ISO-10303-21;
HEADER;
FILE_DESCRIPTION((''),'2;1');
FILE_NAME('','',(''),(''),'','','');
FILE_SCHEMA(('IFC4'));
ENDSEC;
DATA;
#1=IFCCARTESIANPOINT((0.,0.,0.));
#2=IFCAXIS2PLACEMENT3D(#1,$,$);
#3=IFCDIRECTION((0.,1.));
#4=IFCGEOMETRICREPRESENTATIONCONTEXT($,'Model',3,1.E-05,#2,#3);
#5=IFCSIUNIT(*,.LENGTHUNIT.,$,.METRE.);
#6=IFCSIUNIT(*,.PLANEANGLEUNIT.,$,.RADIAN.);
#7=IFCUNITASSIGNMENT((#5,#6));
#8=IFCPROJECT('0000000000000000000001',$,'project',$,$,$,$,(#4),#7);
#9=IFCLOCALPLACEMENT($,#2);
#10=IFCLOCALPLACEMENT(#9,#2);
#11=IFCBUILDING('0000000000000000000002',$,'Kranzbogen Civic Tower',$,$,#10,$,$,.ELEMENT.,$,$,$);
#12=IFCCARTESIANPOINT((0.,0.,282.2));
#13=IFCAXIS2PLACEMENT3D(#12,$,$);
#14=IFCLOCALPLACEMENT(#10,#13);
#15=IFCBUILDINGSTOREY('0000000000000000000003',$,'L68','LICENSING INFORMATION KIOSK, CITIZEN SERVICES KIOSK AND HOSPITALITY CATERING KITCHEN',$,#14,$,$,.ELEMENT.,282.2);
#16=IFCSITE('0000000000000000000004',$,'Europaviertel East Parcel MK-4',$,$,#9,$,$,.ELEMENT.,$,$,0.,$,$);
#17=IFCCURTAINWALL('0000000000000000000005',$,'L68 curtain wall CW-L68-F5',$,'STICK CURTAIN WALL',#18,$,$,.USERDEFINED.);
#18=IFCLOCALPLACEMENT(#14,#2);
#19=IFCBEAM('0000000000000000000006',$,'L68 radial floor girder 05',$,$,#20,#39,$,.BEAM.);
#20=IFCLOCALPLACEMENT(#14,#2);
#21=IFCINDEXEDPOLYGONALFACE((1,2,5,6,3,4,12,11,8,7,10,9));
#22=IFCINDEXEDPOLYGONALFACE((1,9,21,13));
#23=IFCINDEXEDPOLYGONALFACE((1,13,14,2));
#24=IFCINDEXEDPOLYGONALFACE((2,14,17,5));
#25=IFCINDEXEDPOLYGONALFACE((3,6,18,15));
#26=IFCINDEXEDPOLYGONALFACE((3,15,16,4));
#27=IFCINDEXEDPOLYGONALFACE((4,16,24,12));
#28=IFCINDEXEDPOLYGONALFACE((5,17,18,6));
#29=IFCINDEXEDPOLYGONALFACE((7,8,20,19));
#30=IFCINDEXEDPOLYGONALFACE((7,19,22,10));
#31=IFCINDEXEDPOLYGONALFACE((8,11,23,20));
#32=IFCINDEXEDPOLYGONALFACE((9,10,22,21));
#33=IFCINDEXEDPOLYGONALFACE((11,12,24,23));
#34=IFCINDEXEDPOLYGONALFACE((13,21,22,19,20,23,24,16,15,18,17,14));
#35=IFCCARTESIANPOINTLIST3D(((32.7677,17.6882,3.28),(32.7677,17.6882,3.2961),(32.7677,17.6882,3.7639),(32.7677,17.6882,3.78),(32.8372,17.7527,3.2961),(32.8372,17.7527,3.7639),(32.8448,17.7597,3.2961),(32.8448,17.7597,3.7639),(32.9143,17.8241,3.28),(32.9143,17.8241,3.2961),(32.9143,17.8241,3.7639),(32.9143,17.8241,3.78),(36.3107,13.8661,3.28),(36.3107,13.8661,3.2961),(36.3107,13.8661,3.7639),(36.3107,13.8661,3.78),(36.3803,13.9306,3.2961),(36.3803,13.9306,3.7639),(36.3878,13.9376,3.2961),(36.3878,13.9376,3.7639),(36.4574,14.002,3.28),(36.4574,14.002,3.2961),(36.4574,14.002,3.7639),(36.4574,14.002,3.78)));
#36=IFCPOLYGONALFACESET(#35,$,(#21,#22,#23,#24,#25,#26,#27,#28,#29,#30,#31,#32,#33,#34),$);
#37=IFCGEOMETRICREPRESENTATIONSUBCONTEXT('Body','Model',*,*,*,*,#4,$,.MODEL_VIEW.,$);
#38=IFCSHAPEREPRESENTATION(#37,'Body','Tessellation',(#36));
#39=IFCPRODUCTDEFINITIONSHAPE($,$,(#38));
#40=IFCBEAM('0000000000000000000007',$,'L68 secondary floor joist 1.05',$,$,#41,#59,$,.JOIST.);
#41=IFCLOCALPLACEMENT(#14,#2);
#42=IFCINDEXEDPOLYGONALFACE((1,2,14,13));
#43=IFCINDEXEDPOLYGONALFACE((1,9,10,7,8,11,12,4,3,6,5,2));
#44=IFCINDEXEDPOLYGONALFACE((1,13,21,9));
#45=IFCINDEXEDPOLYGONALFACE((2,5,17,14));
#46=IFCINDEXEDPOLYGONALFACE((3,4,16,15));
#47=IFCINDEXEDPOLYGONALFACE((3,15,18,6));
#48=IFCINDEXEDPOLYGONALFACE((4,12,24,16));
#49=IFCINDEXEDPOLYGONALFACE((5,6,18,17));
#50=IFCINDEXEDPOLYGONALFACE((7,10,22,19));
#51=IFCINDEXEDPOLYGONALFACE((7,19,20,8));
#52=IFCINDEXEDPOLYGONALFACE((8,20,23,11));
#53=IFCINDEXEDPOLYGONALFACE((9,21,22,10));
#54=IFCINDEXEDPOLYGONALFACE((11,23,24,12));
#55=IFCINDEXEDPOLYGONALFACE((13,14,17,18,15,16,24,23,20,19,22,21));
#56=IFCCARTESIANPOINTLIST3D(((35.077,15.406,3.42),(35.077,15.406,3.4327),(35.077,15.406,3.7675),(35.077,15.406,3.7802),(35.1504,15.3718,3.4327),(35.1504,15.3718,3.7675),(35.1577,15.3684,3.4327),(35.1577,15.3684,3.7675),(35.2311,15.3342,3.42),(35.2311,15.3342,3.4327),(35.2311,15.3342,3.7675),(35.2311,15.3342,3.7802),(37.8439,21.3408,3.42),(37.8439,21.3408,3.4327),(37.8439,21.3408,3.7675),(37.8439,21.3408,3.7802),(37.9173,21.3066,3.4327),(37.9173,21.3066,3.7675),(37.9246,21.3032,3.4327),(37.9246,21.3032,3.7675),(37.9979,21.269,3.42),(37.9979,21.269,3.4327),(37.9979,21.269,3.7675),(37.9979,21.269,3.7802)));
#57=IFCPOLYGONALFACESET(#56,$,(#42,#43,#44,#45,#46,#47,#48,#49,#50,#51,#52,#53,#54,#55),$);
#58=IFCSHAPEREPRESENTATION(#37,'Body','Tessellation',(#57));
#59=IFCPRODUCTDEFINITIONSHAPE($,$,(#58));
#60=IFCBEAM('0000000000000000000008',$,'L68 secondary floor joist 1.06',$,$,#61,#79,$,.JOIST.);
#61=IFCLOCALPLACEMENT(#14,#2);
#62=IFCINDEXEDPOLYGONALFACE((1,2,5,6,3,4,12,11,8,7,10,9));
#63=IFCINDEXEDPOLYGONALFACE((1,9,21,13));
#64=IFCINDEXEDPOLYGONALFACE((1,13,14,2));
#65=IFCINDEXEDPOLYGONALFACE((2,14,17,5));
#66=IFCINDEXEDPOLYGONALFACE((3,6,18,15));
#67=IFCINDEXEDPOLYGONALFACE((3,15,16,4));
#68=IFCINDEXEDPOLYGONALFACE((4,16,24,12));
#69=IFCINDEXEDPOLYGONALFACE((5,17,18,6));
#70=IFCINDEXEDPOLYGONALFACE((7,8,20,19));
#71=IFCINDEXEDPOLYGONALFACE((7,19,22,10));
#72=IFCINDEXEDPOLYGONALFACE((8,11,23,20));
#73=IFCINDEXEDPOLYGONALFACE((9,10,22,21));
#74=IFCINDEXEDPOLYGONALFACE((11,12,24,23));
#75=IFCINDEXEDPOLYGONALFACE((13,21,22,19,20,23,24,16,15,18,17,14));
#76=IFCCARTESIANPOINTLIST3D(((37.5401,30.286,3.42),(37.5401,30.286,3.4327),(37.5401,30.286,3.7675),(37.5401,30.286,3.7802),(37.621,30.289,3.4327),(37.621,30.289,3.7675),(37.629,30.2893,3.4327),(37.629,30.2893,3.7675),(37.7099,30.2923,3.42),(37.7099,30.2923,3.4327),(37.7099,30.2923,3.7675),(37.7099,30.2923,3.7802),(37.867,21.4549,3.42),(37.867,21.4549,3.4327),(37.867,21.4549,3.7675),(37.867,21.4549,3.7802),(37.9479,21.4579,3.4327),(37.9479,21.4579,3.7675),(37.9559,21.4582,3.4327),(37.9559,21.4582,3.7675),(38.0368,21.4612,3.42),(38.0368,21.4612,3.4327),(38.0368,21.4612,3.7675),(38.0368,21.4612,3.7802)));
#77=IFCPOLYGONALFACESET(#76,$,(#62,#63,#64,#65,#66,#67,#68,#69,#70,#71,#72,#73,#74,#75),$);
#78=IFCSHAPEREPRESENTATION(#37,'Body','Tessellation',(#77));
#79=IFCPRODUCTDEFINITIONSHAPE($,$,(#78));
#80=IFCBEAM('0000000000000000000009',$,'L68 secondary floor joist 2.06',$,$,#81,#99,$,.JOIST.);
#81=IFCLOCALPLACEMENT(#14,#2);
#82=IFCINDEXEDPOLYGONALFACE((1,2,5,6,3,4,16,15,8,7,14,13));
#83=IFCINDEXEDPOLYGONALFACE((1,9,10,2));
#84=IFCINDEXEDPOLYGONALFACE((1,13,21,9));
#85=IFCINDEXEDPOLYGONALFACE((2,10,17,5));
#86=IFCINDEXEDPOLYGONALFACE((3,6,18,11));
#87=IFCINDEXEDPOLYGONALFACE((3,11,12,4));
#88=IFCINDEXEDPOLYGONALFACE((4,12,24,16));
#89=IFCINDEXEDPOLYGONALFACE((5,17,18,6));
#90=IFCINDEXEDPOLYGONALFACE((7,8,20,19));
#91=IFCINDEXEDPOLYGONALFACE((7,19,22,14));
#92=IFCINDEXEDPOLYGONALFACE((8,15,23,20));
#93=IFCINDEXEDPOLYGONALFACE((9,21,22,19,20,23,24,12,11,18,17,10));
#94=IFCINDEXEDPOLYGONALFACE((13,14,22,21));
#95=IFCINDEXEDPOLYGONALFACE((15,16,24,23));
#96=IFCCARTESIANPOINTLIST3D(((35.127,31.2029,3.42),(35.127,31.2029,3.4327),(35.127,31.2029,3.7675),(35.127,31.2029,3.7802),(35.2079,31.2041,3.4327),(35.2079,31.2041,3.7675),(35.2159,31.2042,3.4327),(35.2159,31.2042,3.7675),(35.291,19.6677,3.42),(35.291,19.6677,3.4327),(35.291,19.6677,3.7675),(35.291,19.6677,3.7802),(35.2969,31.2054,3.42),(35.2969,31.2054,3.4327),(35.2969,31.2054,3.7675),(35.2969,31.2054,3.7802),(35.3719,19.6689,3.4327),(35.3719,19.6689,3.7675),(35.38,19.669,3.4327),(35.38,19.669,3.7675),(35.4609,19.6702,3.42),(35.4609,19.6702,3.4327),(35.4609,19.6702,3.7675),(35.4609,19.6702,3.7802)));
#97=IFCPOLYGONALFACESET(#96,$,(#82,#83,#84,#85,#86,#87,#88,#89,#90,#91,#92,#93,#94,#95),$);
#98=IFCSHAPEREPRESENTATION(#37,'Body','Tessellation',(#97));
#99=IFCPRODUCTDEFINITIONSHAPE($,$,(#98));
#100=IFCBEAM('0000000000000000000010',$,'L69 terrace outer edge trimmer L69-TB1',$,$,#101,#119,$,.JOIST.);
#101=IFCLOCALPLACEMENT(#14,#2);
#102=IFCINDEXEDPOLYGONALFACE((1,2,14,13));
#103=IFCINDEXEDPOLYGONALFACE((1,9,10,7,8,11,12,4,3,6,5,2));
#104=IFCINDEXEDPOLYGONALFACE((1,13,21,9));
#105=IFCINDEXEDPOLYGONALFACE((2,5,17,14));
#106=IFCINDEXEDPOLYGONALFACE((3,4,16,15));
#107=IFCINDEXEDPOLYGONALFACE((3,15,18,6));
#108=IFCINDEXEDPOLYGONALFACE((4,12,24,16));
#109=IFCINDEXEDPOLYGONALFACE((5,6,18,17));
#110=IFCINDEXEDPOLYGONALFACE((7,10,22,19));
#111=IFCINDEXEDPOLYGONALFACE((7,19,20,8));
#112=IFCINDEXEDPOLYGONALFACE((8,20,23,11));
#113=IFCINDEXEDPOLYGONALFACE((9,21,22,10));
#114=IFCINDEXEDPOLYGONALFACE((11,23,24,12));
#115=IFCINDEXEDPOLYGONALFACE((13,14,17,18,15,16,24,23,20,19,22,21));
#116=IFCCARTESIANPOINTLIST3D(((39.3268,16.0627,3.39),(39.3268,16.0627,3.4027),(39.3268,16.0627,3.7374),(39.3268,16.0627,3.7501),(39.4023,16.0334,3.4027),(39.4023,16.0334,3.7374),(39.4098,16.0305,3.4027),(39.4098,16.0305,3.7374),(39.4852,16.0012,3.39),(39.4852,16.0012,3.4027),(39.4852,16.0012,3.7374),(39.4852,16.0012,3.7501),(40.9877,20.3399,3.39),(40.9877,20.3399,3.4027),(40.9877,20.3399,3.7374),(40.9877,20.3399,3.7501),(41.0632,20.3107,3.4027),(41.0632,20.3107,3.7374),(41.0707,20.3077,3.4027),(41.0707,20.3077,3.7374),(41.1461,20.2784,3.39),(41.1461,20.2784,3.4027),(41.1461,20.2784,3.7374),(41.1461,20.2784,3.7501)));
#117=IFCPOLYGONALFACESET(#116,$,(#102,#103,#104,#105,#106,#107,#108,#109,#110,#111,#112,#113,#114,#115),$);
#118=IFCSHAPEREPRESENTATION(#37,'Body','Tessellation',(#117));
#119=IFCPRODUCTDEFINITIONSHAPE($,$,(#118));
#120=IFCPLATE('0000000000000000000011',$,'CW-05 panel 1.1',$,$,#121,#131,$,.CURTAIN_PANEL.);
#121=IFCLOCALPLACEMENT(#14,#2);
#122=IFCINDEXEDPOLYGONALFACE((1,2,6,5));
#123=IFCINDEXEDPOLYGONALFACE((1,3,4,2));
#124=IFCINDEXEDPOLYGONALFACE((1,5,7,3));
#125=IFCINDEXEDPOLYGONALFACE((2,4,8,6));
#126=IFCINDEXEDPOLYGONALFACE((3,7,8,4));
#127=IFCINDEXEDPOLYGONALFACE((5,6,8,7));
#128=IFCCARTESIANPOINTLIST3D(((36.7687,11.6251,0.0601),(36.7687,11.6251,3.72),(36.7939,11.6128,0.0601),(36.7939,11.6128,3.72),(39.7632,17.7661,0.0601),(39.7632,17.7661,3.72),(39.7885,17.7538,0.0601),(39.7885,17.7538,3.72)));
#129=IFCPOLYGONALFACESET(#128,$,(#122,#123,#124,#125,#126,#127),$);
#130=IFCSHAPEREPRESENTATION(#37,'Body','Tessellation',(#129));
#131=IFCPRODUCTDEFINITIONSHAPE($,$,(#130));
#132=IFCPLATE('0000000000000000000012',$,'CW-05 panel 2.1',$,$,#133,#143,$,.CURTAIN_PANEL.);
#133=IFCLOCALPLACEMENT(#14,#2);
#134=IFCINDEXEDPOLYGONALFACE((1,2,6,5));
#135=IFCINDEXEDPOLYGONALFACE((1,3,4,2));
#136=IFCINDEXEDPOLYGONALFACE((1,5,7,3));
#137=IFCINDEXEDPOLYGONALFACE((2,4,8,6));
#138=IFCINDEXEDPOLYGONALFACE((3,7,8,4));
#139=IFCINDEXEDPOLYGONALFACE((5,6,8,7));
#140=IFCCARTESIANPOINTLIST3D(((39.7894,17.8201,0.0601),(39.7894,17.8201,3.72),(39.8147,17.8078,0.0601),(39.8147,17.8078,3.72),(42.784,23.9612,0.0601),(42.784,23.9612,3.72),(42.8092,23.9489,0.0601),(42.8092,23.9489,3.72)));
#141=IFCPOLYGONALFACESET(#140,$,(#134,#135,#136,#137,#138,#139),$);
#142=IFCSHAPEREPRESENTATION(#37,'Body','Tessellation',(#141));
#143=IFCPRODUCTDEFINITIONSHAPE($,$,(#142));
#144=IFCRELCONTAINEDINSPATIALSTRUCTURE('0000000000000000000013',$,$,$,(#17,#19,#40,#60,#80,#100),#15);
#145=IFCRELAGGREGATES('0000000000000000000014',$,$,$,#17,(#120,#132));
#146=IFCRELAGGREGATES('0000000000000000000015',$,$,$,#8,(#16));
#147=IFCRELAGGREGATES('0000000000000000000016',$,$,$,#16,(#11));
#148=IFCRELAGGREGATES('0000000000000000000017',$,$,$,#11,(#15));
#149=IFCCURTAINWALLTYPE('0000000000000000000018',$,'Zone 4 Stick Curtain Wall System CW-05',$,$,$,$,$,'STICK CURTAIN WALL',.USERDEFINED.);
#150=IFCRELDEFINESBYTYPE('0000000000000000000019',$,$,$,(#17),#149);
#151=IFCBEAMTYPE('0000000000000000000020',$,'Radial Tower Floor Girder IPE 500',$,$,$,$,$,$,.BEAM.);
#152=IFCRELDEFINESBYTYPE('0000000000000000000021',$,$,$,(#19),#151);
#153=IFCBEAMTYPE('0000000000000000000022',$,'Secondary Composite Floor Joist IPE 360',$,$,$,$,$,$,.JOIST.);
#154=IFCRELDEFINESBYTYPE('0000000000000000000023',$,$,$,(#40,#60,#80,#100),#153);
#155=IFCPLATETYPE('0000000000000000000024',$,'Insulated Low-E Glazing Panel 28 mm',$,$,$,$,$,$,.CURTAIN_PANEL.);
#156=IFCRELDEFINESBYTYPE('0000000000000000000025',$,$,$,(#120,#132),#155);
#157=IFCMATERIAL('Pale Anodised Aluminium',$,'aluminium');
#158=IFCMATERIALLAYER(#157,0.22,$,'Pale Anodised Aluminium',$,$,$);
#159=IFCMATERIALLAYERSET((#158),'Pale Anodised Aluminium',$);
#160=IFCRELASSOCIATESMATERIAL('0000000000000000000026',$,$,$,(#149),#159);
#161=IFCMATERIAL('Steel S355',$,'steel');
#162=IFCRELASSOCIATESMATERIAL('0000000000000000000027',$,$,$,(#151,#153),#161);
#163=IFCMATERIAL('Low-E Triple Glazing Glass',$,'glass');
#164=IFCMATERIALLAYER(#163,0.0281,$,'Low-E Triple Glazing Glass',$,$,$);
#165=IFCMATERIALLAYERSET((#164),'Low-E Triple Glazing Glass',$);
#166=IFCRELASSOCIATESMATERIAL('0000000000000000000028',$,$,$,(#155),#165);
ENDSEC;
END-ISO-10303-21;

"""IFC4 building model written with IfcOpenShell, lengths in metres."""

from ifc_helpers import new_model, si_unit, direction, frame, origin, origin_2d, place, context, subcontext, project, spatial, rectangle, i_section, extrude, material, layer, layer_set, material_profile, profile_set, type_object, element, aggregate, save


model = new_model("IFC4")

# Units and contexts
model_context = context("Model", 3, precision=1e-05, world=origin(), true_north=direction((0.0, 1.0)))
body_context = subcontext(model_context, "Body", "Model", "MODEL_VIEW")
ifc_project = project(units=[si_unit("LENGTHUNIT", "METRE"), si_unit("PLANEANGLEUNIT", "RADIAN")], contexts=[model_context])

# Site, building, storey
site_placement = place(None, origin())
site = spatial("IfcSite", under=ifc_project, at=site_placement, Name="Europaviertel East Parcel MK-4", CompositionType="ELEMENT", RefElevation=0.0)
building_placement = place(site_placement, origin())
building = spatial("IfcBuilding", under=site, at=building_placement, Name="Kranzbogen Civic Tower", CompositionType="ELEMENT")
storey_placement = place(building_placement, frame((0.0, 0.0, 282.2)))
storey = spatial("IfcBuildingStorey", under=building, at=storey_placement, Name="L68", Description="LICENSING INFORMATION KIOSK, CITIZEN SERVICES KIOSK AND HOSPITALITY CATERING KITCHEN", CompositionType="ELEMENT", Elevation=282.2)

# Shared definitions
ifc_material_1 = material(Name="Steel S355", Category="steel")

# Curtain wall
ifc_material_2 = material(Name="Pale Anodised Aluminium", Category="aluminium")
ifc_layer_1 = layer(ifc_material_2, 0.22, Name="Pale Anodised Aluminium")
ifc_layer_set_1 = layer_set([ifc_layer_1], Name="Pale Anodised Aluminium")
curtain_wall_type = type_object("IfcCurtainWallType", Name="Zone 4 Stick Curtain Wall System CW-05", ElementType="STICK CURTAIN WALL", PredefinedType="USERDEFINED", material=ifc_layer_set_1)
curtain_wall_placement = place(storey_placement, origin())
curtain_wall = element("IfcCurtainWall", 1, at=curtain_wall_placement, inside=storey, type_object=curtain_wall_type, Name="L68 curtain wall CW-L68-F5", ObjectType="STICK CURTAIN WALL", PredefinedType="USERDEFINED")

# Beams
ifc_material_profile_1 = material_profile(ifc_material_1, i_section(OverallWidth=0.2, OverallDepth=0.5, WebThickness=0.0103, FlangeThickness=0.0161, at=origin_2d()), Name="IPE 500")
ifc_profile_set_1 = profile_set([ifc_material_profile_1], Name="Steel S355")
beam_type_1 = type_object("IfcBeamType", Name="Radial Tower Floor Girder IPE 500", PredefinedType="BEAM", material=ifc_profile_set_1)
beam_1_placement = place(storey_placement, frame((36.384, 13.9341, 3.53), z_axis=(-0.679827, 0.733372, 0.0), x_axis=(-0.733372, -0.679827, 0.0)))
element("IfcBeam", 2, at=beam_1_placement, inside=storey, type_object=beam_type_1, Name="L68 radial floor girder 05", PredefinedType="BEAM", context=body_context, shape_type="SweptSolid", body=[
    extrude(i_section(OverallWidth=0.2, OverallDepth=0.5, WebThickness=0.0103, FlangeThickness=0.0161, at=origin_2d()), origin(), (0.0, 0.0, 1.0), 5.2117),
])
ifc_material_profile_2 = material_profile(ifc_material_1, i_section(OverallWidth=0.1699, OverallDepth=0.3601, WebThickness=0.0081, FlangeThickness=0.0127, at=origin_2d()), Name="IPE 360")
ifc_profile_set_2 = profile_set([ifc_material_profile_2], Name="Steel S355")
beam_type_2 = type_object("IfcBeamType", Name="Secondary Composite Floor Joist IPE 360", PredefinedType="JOIST", material=ifc_profile_set_2)
beam_2_placement = place(storey_placement, frame((35.1541, 15.3701, 3.6001), z_axis=(0.422543, 0.906343, 0.0), x_axis=(-0.906343, 0.422543, 0.0)))
element("IfcBeam", 3, at=beam_2_placement, inside=storey, type_object=beam_type_2, Name="L68 secondary floor joist 1.05", PredefinedType="JOIST", context=body_context, shape_type="SweptSolid", body=[
    extrude(i_section(OverallWidth=0.1699, OverallDepth=0.3601, WebThickness=0.0081, FlangeThickness=0.0127, at=origin_2d()), origin(), (0.0, 0.0, 1.0), 6.5481),
])
beam_3_placement = place(storey_placement, frame((37.9519, 21.458, 3.6001), z_axis=(-0.036992, 0.999316, 0.0), x_axis=(-0.999316, -0.036992, 0.0)))
element("IfcBeam", 4, at=beam_3_placement, inside=storey, type_object=beam_type_2, Name="L68 secondary floor joist 1.06", PredefinedType="JOIST", context=body_context, shape_type="SweptSolid", body=[
    extrude(i_section(OverallWidth=0.1699, OverallDepth=0.3601, WebThickness=0.0081, FlangeThickness=0.0127, at=origin_2d()), origin(), (0.0, 0.0, 1.0), 8.8372),
])
beam_4_placement = place(storey_placement, frame((35.376, 19.6689, 3.6001), z_axis=(-0.014221, 0.999899, 0.0), x_axis=(-0.999899, -0.014221, 0.0)))
element("IfcBeam", 5, at=beam_4_placement, inside=storey, type_object=beam_type_2, Name="L68 secondary floor joist 2.06", PredefinedType="JOIST", context=body_context, shape_type="SweptSolid", body=[
    extrude(i_section(OverallWidth=0.1699, OverallDepth=0.3601, WebThickness=0.0081, FlangeThickness=0.0127, at=origin_2d()), origin(), (0.0, 0.0, 1.0), 11.5364),
])
beam_5_placement = place(storey_placement, frame((39.406, 16.032, 3.5701), z_axis=(0.361987, 0.932183, 0.0), x_axis=(-0.932183, 0.361987, 0.0)))
element("IfcBeam", 6, at=beam_5_placement, inside=storey, type_object=beam_type_2, Name="L69 terrace outer edge trimmer L69-TB1", PredefinedType="JOIST", context=body_context, shape_type="SweptSolid", body=[
    extrude(i_section(OverallWidth=0.1699, OverallDepth=0.3601, WebThickness=0.0081, FlangeThickness=0.0127, at=origin_2d()), origin(), (0.0, 0.0, 1.0), 4.5884),
])

# Plates
ifc_material_3 = material(Name="Low-E Triple Glazing Glass", Category="glass")
ifc_layer_2 = layer(ifc_material_3, 0.0281, Name="Low-E Triple Glazing Glass")
ifc_layer_set_2 = layer_set([ifc_layer_2], Name="Low-E Triple Glazing Glass")
plate_type = type_object("IfcPlateType", Name="Insulated Low-E Glazing Panel 28 mm", PredefinedType="CURTAIN_PANEL", material=ifc_layer_set_2)
plate_1_placement = place(storey_placement, frame((38.2786, 14.6895, 0.0601), z_axis=(0.0, 0.0, 1.0), x_axis=(0.438293, 0.898832, 0.0)))
plate_1 = element("IfcPlate", 7, at=plate_1_placement, type_object=plate_type, Name="CW-05 panel 1.1", PredefinedType="CURTAIN_PANEL", context=body_context, shape_type="SweptSolid", body=[
    extrude(rectangle(XDim=6.8323, YDim=0.0281, at=origin_2d()), origin(), (0.0, 0.0, 1.0), 3.6599),
])
plate_2_placement = place(storey_placement, frame((41.2993, 20.8845, 0.0601), z_axis=(0.0, 0.0, 1.0), x_axis=(0.438293, 0.898832, 0.0)))
plate_2 = element("IfcPlate", 8, at=plate_2_placement, type_object=plate_type, Name="CW-05 panel 2.1", PredefinedType="CURTAIN_PANEL", context=body_context, shape_type="SweptSolid", body=[
    extrude(rectangle(XDim=6.8323, YDim=0.0281, at=origin_2d()), origin(), (0.0, 0.0, 1.0), 3.6599),
])
aggregate(curtain_wall, [plate_1, plate_2])

save(model, "model.ifc")
